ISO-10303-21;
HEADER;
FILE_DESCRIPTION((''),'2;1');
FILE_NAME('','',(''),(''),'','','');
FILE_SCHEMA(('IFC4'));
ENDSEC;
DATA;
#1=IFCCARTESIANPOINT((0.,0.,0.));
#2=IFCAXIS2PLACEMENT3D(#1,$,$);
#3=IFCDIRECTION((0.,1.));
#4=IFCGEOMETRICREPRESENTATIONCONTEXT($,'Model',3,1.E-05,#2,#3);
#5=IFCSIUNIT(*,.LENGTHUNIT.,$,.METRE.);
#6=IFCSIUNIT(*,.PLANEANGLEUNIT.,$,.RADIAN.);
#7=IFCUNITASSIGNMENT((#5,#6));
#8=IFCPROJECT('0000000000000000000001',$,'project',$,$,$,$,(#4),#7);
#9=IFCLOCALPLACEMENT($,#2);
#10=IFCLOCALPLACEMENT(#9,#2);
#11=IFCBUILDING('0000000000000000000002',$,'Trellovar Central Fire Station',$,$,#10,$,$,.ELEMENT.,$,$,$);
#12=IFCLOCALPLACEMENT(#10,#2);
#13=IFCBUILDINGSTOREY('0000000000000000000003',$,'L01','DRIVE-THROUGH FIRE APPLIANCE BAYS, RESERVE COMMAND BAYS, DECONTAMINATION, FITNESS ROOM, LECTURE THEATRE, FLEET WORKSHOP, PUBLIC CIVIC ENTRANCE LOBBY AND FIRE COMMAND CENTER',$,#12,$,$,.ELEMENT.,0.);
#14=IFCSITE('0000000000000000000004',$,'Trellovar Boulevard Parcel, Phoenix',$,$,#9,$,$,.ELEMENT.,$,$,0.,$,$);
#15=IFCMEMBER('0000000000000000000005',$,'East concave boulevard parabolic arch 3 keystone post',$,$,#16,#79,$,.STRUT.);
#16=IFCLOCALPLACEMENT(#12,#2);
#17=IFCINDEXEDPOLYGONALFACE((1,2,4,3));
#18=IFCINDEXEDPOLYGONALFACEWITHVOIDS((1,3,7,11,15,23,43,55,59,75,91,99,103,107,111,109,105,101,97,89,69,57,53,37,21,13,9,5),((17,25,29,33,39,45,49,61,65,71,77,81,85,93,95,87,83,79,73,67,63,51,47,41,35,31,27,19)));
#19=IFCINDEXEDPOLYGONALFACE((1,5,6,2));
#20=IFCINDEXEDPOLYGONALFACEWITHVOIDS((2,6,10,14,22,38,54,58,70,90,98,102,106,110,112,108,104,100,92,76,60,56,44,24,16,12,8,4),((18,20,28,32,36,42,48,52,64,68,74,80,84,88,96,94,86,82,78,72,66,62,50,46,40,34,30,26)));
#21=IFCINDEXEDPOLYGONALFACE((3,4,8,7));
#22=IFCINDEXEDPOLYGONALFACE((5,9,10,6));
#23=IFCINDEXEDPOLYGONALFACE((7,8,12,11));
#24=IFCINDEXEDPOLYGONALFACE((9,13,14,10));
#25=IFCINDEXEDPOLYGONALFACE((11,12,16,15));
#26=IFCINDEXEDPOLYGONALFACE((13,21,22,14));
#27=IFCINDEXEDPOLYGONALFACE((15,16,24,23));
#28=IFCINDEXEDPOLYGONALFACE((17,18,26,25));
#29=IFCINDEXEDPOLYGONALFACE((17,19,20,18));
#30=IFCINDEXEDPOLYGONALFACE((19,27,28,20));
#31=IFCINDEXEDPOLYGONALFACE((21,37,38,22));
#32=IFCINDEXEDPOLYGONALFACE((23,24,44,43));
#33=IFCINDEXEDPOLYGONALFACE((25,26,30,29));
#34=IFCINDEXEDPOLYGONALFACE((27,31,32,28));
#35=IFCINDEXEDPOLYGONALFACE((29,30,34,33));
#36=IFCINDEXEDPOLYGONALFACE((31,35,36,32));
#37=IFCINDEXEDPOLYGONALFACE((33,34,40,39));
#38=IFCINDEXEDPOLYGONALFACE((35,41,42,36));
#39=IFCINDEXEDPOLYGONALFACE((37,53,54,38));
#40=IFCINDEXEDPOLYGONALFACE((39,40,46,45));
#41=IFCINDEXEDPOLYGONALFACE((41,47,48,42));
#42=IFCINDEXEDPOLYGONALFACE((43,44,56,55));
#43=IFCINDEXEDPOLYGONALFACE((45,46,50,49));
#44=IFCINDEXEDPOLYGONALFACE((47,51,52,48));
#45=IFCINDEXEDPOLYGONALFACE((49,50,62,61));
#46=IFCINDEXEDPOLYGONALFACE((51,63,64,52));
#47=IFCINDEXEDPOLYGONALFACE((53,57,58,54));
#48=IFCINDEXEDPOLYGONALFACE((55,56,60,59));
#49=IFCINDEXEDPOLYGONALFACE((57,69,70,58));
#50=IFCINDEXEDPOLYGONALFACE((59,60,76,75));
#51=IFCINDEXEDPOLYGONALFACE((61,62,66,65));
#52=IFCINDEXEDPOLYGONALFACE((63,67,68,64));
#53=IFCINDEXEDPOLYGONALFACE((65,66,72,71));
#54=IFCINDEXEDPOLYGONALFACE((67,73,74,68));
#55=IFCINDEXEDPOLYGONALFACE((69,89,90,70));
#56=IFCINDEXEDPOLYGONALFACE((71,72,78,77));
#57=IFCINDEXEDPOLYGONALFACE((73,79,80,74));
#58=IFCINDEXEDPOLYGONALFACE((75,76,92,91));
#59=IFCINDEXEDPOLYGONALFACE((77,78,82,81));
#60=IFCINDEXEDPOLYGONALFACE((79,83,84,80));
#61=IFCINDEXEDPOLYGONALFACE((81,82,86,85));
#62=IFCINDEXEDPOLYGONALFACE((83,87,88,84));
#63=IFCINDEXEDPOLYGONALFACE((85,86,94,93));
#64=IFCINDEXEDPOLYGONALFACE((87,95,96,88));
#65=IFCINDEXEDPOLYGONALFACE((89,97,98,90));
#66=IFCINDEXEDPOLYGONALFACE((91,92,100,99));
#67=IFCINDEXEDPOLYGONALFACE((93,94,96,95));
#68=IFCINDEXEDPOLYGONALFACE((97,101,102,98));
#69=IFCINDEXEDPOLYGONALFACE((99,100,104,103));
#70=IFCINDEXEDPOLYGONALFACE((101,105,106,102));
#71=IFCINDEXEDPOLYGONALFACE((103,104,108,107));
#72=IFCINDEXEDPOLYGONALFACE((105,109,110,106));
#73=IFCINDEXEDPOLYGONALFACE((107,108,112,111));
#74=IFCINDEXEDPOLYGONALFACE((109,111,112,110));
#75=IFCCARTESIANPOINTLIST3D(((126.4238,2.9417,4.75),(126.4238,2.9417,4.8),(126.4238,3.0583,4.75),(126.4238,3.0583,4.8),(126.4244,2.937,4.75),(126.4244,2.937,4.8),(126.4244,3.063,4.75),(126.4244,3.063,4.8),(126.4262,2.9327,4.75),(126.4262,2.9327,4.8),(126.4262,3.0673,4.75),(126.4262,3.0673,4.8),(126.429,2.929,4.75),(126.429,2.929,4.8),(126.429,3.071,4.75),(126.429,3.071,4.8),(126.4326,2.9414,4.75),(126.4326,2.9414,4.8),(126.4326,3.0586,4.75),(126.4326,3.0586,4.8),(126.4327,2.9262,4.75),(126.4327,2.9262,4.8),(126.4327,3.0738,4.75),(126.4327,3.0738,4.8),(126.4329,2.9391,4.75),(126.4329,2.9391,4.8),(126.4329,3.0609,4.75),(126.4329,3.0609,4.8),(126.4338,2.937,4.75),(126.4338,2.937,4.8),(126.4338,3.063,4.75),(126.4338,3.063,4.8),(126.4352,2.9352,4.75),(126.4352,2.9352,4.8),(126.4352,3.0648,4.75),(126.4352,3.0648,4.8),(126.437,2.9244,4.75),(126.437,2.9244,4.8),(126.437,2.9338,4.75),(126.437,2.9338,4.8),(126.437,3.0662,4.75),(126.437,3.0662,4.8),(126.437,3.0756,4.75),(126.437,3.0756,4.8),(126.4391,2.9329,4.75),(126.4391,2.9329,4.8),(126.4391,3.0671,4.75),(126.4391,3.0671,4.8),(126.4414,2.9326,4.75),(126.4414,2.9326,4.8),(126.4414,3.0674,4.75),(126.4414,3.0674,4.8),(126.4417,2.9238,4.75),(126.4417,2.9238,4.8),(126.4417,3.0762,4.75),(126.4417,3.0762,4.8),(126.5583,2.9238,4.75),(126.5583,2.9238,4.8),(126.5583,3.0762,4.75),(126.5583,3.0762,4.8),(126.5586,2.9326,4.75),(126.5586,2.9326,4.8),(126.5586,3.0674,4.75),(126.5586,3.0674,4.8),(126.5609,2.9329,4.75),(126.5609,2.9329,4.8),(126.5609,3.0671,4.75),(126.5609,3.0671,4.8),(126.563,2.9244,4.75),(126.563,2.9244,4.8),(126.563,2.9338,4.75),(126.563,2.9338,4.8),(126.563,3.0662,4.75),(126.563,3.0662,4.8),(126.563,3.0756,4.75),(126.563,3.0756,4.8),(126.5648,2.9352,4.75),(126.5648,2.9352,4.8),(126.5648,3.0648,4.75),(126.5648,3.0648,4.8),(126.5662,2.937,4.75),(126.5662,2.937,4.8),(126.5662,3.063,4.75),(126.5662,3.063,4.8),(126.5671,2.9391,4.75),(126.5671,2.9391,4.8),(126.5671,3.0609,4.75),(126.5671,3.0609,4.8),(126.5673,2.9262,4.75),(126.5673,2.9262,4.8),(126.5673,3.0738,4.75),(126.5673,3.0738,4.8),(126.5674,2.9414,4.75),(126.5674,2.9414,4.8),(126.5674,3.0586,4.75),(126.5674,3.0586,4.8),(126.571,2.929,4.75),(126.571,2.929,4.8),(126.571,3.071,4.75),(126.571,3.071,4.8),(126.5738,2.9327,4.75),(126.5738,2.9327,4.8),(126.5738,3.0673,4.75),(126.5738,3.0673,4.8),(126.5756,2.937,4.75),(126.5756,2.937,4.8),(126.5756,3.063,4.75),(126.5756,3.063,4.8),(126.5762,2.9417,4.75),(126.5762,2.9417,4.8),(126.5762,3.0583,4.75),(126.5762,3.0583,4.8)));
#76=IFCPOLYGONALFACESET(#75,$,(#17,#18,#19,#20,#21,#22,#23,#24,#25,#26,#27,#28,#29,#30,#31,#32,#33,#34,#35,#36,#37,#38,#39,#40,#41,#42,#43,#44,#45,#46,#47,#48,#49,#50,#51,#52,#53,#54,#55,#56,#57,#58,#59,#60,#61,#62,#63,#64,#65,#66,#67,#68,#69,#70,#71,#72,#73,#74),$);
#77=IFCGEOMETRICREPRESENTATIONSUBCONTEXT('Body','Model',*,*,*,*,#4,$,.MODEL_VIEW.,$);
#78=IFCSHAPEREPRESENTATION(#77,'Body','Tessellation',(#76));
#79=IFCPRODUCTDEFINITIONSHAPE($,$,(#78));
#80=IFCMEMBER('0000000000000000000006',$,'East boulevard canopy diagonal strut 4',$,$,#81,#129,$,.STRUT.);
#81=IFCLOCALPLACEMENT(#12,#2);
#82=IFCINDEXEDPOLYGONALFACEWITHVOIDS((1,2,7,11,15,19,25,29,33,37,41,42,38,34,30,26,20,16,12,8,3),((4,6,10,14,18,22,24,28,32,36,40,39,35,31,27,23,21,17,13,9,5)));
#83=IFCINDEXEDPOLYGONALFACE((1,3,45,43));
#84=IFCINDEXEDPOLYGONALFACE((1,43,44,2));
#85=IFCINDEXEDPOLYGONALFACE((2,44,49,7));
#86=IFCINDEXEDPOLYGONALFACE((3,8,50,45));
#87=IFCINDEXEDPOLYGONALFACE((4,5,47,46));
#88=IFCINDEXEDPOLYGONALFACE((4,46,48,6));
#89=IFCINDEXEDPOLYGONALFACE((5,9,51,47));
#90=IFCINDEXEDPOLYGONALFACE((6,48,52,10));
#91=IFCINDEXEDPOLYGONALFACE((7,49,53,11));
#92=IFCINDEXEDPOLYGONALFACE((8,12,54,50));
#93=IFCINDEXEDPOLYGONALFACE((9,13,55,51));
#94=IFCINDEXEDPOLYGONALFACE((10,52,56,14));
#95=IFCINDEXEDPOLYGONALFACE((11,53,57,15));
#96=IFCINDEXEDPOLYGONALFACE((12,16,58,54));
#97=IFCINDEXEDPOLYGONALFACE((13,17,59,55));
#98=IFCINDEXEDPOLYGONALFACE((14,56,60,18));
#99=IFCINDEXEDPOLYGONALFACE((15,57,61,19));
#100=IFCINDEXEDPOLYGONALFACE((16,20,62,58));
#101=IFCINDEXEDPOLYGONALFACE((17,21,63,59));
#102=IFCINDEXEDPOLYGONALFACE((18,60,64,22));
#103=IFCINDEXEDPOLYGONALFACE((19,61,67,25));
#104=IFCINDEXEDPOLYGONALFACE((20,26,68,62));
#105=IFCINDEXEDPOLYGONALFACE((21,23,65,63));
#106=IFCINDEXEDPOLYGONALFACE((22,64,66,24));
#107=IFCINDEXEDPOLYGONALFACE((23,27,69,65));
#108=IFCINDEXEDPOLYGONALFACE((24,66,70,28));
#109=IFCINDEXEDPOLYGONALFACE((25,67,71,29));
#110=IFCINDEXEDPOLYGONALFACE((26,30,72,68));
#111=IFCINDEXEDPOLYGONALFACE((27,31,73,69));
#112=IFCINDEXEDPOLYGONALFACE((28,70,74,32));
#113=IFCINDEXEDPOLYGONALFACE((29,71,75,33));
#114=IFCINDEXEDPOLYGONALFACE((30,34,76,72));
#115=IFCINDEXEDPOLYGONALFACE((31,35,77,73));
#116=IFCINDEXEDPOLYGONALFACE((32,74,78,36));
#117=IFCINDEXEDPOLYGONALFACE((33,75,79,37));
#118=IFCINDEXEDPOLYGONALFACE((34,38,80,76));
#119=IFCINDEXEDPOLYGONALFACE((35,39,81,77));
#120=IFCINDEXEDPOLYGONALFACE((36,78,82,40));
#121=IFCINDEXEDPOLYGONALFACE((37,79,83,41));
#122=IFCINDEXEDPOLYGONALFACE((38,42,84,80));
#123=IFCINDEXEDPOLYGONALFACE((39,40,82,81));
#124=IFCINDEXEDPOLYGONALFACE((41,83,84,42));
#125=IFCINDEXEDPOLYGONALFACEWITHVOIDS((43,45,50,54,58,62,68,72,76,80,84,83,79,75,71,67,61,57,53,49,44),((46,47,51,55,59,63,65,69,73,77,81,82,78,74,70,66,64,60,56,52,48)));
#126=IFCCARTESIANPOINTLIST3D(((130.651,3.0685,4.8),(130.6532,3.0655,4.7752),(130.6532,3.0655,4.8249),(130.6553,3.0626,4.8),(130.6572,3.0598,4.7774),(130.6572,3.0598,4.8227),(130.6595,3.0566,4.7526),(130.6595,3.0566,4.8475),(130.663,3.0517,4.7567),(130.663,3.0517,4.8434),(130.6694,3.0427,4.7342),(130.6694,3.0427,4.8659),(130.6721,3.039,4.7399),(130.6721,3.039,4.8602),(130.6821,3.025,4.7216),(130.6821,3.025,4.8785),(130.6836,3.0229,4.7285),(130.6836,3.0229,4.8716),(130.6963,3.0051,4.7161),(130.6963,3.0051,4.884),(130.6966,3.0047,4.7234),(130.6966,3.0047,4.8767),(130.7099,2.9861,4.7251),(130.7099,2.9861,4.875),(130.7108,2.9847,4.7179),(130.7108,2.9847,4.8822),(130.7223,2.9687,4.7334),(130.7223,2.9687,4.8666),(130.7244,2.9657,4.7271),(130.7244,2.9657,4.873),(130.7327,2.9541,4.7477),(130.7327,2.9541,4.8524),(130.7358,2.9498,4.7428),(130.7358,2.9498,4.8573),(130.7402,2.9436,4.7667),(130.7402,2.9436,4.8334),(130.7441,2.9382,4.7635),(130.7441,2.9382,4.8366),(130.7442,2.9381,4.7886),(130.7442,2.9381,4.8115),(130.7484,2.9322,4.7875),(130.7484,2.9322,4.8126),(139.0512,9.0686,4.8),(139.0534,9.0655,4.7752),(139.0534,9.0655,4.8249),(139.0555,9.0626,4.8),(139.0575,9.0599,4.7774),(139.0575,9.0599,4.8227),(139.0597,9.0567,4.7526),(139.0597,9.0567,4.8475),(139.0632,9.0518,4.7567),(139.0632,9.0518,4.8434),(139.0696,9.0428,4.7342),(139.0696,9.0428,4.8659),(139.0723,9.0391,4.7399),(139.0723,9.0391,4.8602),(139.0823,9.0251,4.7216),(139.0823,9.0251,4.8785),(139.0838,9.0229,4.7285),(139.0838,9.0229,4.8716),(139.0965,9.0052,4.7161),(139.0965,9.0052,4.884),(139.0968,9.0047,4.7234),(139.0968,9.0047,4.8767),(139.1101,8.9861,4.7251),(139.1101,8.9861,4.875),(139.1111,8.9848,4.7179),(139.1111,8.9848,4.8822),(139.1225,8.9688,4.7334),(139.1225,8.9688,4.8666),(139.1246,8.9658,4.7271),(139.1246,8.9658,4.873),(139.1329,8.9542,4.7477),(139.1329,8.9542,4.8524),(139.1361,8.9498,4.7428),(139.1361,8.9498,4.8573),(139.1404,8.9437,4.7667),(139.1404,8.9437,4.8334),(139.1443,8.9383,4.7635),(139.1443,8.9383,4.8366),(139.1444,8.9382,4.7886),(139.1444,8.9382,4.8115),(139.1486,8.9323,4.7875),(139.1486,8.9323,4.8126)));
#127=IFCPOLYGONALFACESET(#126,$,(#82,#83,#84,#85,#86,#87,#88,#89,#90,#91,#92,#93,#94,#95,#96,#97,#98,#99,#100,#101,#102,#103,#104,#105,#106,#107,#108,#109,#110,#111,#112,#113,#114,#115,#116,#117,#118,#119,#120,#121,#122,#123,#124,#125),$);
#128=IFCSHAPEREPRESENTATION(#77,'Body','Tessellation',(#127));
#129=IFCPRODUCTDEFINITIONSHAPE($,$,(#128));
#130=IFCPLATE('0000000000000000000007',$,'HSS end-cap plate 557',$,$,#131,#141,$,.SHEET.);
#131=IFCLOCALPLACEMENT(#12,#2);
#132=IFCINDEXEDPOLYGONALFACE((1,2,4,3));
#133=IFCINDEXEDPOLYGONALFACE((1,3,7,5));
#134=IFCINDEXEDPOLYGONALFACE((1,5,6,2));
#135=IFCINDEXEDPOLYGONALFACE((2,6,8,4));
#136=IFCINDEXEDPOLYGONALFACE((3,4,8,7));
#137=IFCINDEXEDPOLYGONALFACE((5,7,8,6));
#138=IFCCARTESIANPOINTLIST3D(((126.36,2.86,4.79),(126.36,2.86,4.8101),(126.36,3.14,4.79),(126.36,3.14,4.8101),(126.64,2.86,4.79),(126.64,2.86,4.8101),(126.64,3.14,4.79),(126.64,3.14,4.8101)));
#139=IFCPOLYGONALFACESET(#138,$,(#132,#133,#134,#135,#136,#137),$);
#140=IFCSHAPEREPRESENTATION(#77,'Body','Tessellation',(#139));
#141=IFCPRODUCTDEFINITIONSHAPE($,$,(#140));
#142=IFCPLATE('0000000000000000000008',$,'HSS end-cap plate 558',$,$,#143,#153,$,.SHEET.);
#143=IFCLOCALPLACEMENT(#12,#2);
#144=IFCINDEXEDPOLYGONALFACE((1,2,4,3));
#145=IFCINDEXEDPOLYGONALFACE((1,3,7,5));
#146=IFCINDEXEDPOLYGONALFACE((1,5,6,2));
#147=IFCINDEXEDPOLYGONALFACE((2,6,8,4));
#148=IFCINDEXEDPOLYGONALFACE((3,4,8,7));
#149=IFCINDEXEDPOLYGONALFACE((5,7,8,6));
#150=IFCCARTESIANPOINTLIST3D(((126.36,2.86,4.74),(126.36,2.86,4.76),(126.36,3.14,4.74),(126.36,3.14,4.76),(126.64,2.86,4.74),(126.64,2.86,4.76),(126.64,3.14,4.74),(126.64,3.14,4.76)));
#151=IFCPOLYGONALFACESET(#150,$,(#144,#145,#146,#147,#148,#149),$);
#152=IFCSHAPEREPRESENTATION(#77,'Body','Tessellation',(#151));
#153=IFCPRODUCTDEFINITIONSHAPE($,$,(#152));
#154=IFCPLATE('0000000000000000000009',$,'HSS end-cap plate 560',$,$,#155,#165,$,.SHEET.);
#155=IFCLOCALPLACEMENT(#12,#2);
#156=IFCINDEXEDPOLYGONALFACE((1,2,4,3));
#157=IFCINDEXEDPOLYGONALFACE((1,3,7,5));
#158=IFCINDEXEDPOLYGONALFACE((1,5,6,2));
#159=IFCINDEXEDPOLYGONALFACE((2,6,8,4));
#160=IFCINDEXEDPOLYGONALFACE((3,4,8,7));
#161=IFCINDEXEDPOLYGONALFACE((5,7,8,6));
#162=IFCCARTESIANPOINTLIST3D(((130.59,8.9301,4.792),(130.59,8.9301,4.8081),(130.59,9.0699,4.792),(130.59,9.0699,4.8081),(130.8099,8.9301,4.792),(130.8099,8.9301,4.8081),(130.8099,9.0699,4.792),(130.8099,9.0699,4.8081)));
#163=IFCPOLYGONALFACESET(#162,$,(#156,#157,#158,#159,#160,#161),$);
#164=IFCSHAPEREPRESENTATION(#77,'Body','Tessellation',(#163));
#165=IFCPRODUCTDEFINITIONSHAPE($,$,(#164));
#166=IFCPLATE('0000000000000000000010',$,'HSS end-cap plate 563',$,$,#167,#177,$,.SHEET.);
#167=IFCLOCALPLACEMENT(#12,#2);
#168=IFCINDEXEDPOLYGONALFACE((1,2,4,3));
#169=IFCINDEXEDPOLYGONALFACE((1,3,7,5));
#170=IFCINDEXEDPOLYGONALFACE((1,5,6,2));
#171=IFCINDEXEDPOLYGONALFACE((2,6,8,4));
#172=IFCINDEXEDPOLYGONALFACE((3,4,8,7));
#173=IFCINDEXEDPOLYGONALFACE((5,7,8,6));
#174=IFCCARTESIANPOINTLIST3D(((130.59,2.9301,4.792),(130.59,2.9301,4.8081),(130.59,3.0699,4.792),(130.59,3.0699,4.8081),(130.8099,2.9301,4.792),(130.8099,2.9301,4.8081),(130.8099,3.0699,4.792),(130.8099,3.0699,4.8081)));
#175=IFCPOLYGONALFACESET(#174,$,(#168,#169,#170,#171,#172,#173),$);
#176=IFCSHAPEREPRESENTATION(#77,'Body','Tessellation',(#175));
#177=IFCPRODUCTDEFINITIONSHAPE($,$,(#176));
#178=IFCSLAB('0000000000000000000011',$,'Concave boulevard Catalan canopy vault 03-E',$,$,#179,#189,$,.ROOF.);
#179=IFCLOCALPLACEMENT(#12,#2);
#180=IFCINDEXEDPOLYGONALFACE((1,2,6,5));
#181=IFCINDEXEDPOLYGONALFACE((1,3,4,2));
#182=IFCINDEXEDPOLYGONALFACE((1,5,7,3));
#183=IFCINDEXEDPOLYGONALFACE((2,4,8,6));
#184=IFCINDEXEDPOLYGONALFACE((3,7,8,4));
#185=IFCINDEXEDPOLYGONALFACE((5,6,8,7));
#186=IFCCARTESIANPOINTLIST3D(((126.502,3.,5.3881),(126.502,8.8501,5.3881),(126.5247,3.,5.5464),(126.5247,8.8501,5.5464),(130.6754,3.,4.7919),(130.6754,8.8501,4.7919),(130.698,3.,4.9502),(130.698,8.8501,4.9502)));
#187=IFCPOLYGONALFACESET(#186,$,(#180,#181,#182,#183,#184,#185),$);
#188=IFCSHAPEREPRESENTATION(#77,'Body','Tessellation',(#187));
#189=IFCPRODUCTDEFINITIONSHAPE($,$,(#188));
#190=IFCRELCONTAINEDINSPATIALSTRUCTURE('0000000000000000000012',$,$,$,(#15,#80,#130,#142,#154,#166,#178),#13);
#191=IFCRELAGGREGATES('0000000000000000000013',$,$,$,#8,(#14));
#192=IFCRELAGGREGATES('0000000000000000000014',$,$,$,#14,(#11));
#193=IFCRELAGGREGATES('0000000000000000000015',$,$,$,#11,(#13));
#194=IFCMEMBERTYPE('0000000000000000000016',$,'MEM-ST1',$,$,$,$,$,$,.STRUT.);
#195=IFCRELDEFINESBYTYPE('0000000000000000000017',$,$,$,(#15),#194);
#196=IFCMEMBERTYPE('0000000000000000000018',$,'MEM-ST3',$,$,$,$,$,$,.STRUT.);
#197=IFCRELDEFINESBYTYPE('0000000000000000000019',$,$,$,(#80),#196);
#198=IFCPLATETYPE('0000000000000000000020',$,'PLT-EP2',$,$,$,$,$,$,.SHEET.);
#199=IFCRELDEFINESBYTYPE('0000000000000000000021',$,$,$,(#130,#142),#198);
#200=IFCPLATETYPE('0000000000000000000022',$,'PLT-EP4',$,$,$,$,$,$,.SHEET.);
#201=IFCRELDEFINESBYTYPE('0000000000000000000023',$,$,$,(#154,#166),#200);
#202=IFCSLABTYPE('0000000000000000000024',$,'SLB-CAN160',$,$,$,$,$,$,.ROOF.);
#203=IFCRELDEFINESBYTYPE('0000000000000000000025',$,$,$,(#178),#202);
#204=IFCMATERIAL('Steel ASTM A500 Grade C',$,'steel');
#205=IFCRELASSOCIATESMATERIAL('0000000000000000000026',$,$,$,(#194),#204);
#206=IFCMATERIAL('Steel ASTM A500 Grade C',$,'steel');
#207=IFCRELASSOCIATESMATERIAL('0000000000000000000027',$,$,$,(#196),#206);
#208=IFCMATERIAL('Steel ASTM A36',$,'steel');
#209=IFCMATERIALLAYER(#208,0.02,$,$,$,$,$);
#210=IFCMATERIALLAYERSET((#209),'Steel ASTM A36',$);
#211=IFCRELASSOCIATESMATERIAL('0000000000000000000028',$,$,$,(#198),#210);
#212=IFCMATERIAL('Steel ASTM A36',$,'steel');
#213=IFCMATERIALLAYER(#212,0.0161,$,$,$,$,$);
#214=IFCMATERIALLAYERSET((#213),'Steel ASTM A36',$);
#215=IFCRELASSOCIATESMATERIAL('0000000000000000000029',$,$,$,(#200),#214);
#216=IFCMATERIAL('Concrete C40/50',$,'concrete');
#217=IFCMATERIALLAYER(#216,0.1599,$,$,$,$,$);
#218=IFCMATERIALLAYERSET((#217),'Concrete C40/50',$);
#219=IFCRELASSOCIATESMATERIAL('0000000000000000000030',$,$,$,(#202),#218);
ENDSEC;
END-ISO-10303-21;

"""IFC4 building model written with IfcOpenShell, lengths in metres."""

from ifc_helpers import new_model, si_unit, direction, frame, origin, origin_2d, place, context, subcontext, project, spatial, polyline, rectangle, hollow_rectangle, hollow_circle, outline, extrude, material, layer, layer_set, material_profile, profile_set, type_object, element, save


model = new_model("IFC4")

# Units and contexts
model_context = context("Model", 3, precision=1e-05, world=origin(), true_north=direction((0.0, 1.0)))
body_context = subcontext(model_context, "Body", "Model", "MODEL_VIEW")
ifc_project = project(units=[si_unit("LENGTHUNIT", "METRE"), si_unit("PLANEANGLEUNIT", "RADIAN")], contexts=[model_context])

# Site, building, storey
site_placement = place(None, origin())
site = spatial("IfcSite", under=ifc_project, at=site_placement, Name="Trellovar Boulevard Parcel, Phoenix", CompositionType="ELEMENT", RefElevation=0.0)
building_placement = place(site_placement, origin())
building = spatial("IfcBuilding", under=site, at=building_placement, Name="Trellovar Central Fire Station", CompositionType="ELEMENT")
storey_placement = place(building_placement, origin())
storey = spatial("IfcBuildingStorey", under=building, at=storey_placement, Name="L01", Description="DRIVE-THROUGH FIRE APPLIANCE BAYS, RESERVE COMMAND BAYS, DECONTAMINATION, FITNESS ROOM, LECTURE THEATRE, FLEET WORKSHOP, PUBLIC CIVIC ENTRANCE LOBBY AND FIRE COMMAND CENTER", CompositionType="ELEMENT", Elevation=0.0)

# Members
ifc_material_1 = material(Name="Steel ASTM A500 Grade C", Category="steel")
ifc_material_profile_1 = material_profile(ifc_material_1, hollow_rectangle(XDim=0.1523, YDim=0.1523, WallThickness=0.0088, InnerFilletRadius=0.0088, OuterFilletRadius=0.0178, at=origin_2d()), Name="HSS6X6X3/8")
ifc_profile_set_1 = profile_set([ifc_material_profile_1], Name="Steel ASTM A500 Grade C")
member_type_1 = type_object("IfcMemberType", Name="MEM-ST1", PredefinedType="STRUT", material=ifc_profile_set_1)
member_1_placement = place(storey_placement, frame((126.5, 3.0, 4.8), z_axis=(0.0, 0.0, -1.0), x_axis=(1.0, 0.0, 0.0)))
element("IfcMember", 1, at=member_1_placement, inside=storey, type_object=member_type_1, Name="East concave boulevard parabolic arch 3 keystone post", PredefinedType="STRUT", context=body_context, shape_type="SweptSolid", body=[
    extrude(hollow_rectangle(XDim=0.1523, YDim=0.1523, WallThickness=0.0088, InnerFilletRadius=0.0088, OuterFilletRadius=0.0178, at=origin_2d()), origin(), (0.0, 0.0, 1.0), 0.05),
])
ifc_material_2 = material(Name="Steel ASTM A500 Grade C", Category="steel")
ifc_material_profile_2 = material_profile(ifc_material_2, hollow_circle(Radius=0.0842, WallThickness=0.0073, at=origin_2d()), Name="HSS6.625X0.312")
ifc_profile_set_2 = profile_set([ifc_material_profile_2], Name="Steel ASTM A500 Grade C")
member_type_2 = type_object("IfcMemberType", Name="MEM-ST3", PredefinedType="STRUT", material=ifc_profile_set_2)
member_2_placement = place(storey_placement, frame((130.7, 3.0, 4.8), z_axis=(0.813738, 0.581231, 0.0), x_axis=(-0.581231, 0.813738, 0.0)))
element("IfcMember", 2, at=member_2_placement, inside=storey, type_object=member_type_2, Name="East boulevard canopy diagonal strut 4", PredefinedType="STRUT", context=body_context, shape_type="SweptSolid", body=[
    extrude(hollow_circle(Radius=0.0842, WallThickness=0.0073, at=origin_2d()), origin(), (0.0, 0.0, 1.0), 10.323),
])

# Plates
ifc_material_3 = material(Name="Steel ASTM A36", Category="steel")
ifc_layer_1 = layer(ifc_material_3, 0.02)
ifc_layer_set_1 = layer_set([ifc_layer_1], Name="Steel ASTM A36")
plate_type_1 = type_object("IfcPlateType", Name="PLT-EP2", PredefinedType="SHEET", material=ifc_layer_set_1)
for number, where, z_axis, x_axis, name in (
    (3, (126.5, 3.0, 4.79), (0.0, 0.0, 1.0), (1.0, 0.0, 0.0), "HSS end-cap plate 557"),
    (4, (126.5, 3.0, 4.74), (0.0, 0.0, 1.0), (1.0, 0.0, 0.0), "HSS end-cap plate 558"),
):
    element("IfcPlate", number, at=place(storey_placement, frame(where, z_axis=z_axis, x_axis=x_axis)), inside=storey, type_object=plate_type_1, Name=name, PredefinedType="SHEET", context=body_context, shape_type="SweptSolid", body=[
        extrude(rectangle(XDim=0.28, YDim=0.28, at=origin_2d()), origin(), (0.0, 0.0, 1.0), 0.02),
    ])
ifc_material_4 = material(Name="Steel ASTM A36", Category="steel")
ifc_layer_2 = layer(ifc_material_4, 0.0161)
ifc_layer_set_2 = layer_set([ifc_layer_2], Name="Steel ASTM A36")
plate_type_2 = type_object("IfcPlateType", Name="PLT-EP4", PredefinedType="SHEET", material=ifc_layer_set_2)
for number, where, z_axis, x_axis, name in (
    (5, (130.7, 9.0, 4.792), (0.0, 0.0, 1.0), (1.0, 0.0, 0.0), "HSS end-cap plate 560"),
    (6, (130.7, 3.0, 4.792), (0.0, 0.0, 1.0), (1.0, 0.0, 0.0), "HSS end-cap plate 563"),
):
    element("IfcPlate", number, at=place(storey_placement, frame(where, z_axis=z_axis, x_axis=x_axis)), inside=storey, type_object=plate_type_2, Name=name, PredefinedType="SHEET", context=body_context, shape_type="SweptSolid", body=[
        extrude(rectangle(XDim=0.22, YDim=0.1399, at=origin_2d()), origin(), (0.0, 0.0, 1.0), 0.0161),
    ])

# Slab
ifc_material_5 = material(Name="Concrete C40/50", Category="concrete")
ifc_layer_3 = layer(ifc_material_5, 0.1599)
ifc_layer_set_3 = layer_set([ifc_layer_3], Name="Concrete C40/50")
slab_type = type_object("IfcSlabType", Name="SLB-CAN160", PredefinedType="ROOF", material=ifc_layer_set_3)
slab_1_placement = place(storey_placement, frame((126.5247, 3.0, 5.5464), z_axis=(0.141421, 0.0, 0.989949), x_axis=(0.989949, 0.0, -0.141421)))
element("IfcSlab", 7, at=slab_1_placement, inside=storey, type_object=slab_type, Name="Concave boulevard Catalan canopy vault 03-E", PredefinedType="ROOF", context=body_context, shape_type="SweptSolid", body=[
    extrude(outline(polyline([(0.0, 0.0), (4.2157, 0.0), (4.2157, 5.8501), (0.0, 5.8501), (0.0, 0.0)])), origin(), (0.0, 0.0, -1.0), 0.1599),
])

save(model, "model.ifc")
